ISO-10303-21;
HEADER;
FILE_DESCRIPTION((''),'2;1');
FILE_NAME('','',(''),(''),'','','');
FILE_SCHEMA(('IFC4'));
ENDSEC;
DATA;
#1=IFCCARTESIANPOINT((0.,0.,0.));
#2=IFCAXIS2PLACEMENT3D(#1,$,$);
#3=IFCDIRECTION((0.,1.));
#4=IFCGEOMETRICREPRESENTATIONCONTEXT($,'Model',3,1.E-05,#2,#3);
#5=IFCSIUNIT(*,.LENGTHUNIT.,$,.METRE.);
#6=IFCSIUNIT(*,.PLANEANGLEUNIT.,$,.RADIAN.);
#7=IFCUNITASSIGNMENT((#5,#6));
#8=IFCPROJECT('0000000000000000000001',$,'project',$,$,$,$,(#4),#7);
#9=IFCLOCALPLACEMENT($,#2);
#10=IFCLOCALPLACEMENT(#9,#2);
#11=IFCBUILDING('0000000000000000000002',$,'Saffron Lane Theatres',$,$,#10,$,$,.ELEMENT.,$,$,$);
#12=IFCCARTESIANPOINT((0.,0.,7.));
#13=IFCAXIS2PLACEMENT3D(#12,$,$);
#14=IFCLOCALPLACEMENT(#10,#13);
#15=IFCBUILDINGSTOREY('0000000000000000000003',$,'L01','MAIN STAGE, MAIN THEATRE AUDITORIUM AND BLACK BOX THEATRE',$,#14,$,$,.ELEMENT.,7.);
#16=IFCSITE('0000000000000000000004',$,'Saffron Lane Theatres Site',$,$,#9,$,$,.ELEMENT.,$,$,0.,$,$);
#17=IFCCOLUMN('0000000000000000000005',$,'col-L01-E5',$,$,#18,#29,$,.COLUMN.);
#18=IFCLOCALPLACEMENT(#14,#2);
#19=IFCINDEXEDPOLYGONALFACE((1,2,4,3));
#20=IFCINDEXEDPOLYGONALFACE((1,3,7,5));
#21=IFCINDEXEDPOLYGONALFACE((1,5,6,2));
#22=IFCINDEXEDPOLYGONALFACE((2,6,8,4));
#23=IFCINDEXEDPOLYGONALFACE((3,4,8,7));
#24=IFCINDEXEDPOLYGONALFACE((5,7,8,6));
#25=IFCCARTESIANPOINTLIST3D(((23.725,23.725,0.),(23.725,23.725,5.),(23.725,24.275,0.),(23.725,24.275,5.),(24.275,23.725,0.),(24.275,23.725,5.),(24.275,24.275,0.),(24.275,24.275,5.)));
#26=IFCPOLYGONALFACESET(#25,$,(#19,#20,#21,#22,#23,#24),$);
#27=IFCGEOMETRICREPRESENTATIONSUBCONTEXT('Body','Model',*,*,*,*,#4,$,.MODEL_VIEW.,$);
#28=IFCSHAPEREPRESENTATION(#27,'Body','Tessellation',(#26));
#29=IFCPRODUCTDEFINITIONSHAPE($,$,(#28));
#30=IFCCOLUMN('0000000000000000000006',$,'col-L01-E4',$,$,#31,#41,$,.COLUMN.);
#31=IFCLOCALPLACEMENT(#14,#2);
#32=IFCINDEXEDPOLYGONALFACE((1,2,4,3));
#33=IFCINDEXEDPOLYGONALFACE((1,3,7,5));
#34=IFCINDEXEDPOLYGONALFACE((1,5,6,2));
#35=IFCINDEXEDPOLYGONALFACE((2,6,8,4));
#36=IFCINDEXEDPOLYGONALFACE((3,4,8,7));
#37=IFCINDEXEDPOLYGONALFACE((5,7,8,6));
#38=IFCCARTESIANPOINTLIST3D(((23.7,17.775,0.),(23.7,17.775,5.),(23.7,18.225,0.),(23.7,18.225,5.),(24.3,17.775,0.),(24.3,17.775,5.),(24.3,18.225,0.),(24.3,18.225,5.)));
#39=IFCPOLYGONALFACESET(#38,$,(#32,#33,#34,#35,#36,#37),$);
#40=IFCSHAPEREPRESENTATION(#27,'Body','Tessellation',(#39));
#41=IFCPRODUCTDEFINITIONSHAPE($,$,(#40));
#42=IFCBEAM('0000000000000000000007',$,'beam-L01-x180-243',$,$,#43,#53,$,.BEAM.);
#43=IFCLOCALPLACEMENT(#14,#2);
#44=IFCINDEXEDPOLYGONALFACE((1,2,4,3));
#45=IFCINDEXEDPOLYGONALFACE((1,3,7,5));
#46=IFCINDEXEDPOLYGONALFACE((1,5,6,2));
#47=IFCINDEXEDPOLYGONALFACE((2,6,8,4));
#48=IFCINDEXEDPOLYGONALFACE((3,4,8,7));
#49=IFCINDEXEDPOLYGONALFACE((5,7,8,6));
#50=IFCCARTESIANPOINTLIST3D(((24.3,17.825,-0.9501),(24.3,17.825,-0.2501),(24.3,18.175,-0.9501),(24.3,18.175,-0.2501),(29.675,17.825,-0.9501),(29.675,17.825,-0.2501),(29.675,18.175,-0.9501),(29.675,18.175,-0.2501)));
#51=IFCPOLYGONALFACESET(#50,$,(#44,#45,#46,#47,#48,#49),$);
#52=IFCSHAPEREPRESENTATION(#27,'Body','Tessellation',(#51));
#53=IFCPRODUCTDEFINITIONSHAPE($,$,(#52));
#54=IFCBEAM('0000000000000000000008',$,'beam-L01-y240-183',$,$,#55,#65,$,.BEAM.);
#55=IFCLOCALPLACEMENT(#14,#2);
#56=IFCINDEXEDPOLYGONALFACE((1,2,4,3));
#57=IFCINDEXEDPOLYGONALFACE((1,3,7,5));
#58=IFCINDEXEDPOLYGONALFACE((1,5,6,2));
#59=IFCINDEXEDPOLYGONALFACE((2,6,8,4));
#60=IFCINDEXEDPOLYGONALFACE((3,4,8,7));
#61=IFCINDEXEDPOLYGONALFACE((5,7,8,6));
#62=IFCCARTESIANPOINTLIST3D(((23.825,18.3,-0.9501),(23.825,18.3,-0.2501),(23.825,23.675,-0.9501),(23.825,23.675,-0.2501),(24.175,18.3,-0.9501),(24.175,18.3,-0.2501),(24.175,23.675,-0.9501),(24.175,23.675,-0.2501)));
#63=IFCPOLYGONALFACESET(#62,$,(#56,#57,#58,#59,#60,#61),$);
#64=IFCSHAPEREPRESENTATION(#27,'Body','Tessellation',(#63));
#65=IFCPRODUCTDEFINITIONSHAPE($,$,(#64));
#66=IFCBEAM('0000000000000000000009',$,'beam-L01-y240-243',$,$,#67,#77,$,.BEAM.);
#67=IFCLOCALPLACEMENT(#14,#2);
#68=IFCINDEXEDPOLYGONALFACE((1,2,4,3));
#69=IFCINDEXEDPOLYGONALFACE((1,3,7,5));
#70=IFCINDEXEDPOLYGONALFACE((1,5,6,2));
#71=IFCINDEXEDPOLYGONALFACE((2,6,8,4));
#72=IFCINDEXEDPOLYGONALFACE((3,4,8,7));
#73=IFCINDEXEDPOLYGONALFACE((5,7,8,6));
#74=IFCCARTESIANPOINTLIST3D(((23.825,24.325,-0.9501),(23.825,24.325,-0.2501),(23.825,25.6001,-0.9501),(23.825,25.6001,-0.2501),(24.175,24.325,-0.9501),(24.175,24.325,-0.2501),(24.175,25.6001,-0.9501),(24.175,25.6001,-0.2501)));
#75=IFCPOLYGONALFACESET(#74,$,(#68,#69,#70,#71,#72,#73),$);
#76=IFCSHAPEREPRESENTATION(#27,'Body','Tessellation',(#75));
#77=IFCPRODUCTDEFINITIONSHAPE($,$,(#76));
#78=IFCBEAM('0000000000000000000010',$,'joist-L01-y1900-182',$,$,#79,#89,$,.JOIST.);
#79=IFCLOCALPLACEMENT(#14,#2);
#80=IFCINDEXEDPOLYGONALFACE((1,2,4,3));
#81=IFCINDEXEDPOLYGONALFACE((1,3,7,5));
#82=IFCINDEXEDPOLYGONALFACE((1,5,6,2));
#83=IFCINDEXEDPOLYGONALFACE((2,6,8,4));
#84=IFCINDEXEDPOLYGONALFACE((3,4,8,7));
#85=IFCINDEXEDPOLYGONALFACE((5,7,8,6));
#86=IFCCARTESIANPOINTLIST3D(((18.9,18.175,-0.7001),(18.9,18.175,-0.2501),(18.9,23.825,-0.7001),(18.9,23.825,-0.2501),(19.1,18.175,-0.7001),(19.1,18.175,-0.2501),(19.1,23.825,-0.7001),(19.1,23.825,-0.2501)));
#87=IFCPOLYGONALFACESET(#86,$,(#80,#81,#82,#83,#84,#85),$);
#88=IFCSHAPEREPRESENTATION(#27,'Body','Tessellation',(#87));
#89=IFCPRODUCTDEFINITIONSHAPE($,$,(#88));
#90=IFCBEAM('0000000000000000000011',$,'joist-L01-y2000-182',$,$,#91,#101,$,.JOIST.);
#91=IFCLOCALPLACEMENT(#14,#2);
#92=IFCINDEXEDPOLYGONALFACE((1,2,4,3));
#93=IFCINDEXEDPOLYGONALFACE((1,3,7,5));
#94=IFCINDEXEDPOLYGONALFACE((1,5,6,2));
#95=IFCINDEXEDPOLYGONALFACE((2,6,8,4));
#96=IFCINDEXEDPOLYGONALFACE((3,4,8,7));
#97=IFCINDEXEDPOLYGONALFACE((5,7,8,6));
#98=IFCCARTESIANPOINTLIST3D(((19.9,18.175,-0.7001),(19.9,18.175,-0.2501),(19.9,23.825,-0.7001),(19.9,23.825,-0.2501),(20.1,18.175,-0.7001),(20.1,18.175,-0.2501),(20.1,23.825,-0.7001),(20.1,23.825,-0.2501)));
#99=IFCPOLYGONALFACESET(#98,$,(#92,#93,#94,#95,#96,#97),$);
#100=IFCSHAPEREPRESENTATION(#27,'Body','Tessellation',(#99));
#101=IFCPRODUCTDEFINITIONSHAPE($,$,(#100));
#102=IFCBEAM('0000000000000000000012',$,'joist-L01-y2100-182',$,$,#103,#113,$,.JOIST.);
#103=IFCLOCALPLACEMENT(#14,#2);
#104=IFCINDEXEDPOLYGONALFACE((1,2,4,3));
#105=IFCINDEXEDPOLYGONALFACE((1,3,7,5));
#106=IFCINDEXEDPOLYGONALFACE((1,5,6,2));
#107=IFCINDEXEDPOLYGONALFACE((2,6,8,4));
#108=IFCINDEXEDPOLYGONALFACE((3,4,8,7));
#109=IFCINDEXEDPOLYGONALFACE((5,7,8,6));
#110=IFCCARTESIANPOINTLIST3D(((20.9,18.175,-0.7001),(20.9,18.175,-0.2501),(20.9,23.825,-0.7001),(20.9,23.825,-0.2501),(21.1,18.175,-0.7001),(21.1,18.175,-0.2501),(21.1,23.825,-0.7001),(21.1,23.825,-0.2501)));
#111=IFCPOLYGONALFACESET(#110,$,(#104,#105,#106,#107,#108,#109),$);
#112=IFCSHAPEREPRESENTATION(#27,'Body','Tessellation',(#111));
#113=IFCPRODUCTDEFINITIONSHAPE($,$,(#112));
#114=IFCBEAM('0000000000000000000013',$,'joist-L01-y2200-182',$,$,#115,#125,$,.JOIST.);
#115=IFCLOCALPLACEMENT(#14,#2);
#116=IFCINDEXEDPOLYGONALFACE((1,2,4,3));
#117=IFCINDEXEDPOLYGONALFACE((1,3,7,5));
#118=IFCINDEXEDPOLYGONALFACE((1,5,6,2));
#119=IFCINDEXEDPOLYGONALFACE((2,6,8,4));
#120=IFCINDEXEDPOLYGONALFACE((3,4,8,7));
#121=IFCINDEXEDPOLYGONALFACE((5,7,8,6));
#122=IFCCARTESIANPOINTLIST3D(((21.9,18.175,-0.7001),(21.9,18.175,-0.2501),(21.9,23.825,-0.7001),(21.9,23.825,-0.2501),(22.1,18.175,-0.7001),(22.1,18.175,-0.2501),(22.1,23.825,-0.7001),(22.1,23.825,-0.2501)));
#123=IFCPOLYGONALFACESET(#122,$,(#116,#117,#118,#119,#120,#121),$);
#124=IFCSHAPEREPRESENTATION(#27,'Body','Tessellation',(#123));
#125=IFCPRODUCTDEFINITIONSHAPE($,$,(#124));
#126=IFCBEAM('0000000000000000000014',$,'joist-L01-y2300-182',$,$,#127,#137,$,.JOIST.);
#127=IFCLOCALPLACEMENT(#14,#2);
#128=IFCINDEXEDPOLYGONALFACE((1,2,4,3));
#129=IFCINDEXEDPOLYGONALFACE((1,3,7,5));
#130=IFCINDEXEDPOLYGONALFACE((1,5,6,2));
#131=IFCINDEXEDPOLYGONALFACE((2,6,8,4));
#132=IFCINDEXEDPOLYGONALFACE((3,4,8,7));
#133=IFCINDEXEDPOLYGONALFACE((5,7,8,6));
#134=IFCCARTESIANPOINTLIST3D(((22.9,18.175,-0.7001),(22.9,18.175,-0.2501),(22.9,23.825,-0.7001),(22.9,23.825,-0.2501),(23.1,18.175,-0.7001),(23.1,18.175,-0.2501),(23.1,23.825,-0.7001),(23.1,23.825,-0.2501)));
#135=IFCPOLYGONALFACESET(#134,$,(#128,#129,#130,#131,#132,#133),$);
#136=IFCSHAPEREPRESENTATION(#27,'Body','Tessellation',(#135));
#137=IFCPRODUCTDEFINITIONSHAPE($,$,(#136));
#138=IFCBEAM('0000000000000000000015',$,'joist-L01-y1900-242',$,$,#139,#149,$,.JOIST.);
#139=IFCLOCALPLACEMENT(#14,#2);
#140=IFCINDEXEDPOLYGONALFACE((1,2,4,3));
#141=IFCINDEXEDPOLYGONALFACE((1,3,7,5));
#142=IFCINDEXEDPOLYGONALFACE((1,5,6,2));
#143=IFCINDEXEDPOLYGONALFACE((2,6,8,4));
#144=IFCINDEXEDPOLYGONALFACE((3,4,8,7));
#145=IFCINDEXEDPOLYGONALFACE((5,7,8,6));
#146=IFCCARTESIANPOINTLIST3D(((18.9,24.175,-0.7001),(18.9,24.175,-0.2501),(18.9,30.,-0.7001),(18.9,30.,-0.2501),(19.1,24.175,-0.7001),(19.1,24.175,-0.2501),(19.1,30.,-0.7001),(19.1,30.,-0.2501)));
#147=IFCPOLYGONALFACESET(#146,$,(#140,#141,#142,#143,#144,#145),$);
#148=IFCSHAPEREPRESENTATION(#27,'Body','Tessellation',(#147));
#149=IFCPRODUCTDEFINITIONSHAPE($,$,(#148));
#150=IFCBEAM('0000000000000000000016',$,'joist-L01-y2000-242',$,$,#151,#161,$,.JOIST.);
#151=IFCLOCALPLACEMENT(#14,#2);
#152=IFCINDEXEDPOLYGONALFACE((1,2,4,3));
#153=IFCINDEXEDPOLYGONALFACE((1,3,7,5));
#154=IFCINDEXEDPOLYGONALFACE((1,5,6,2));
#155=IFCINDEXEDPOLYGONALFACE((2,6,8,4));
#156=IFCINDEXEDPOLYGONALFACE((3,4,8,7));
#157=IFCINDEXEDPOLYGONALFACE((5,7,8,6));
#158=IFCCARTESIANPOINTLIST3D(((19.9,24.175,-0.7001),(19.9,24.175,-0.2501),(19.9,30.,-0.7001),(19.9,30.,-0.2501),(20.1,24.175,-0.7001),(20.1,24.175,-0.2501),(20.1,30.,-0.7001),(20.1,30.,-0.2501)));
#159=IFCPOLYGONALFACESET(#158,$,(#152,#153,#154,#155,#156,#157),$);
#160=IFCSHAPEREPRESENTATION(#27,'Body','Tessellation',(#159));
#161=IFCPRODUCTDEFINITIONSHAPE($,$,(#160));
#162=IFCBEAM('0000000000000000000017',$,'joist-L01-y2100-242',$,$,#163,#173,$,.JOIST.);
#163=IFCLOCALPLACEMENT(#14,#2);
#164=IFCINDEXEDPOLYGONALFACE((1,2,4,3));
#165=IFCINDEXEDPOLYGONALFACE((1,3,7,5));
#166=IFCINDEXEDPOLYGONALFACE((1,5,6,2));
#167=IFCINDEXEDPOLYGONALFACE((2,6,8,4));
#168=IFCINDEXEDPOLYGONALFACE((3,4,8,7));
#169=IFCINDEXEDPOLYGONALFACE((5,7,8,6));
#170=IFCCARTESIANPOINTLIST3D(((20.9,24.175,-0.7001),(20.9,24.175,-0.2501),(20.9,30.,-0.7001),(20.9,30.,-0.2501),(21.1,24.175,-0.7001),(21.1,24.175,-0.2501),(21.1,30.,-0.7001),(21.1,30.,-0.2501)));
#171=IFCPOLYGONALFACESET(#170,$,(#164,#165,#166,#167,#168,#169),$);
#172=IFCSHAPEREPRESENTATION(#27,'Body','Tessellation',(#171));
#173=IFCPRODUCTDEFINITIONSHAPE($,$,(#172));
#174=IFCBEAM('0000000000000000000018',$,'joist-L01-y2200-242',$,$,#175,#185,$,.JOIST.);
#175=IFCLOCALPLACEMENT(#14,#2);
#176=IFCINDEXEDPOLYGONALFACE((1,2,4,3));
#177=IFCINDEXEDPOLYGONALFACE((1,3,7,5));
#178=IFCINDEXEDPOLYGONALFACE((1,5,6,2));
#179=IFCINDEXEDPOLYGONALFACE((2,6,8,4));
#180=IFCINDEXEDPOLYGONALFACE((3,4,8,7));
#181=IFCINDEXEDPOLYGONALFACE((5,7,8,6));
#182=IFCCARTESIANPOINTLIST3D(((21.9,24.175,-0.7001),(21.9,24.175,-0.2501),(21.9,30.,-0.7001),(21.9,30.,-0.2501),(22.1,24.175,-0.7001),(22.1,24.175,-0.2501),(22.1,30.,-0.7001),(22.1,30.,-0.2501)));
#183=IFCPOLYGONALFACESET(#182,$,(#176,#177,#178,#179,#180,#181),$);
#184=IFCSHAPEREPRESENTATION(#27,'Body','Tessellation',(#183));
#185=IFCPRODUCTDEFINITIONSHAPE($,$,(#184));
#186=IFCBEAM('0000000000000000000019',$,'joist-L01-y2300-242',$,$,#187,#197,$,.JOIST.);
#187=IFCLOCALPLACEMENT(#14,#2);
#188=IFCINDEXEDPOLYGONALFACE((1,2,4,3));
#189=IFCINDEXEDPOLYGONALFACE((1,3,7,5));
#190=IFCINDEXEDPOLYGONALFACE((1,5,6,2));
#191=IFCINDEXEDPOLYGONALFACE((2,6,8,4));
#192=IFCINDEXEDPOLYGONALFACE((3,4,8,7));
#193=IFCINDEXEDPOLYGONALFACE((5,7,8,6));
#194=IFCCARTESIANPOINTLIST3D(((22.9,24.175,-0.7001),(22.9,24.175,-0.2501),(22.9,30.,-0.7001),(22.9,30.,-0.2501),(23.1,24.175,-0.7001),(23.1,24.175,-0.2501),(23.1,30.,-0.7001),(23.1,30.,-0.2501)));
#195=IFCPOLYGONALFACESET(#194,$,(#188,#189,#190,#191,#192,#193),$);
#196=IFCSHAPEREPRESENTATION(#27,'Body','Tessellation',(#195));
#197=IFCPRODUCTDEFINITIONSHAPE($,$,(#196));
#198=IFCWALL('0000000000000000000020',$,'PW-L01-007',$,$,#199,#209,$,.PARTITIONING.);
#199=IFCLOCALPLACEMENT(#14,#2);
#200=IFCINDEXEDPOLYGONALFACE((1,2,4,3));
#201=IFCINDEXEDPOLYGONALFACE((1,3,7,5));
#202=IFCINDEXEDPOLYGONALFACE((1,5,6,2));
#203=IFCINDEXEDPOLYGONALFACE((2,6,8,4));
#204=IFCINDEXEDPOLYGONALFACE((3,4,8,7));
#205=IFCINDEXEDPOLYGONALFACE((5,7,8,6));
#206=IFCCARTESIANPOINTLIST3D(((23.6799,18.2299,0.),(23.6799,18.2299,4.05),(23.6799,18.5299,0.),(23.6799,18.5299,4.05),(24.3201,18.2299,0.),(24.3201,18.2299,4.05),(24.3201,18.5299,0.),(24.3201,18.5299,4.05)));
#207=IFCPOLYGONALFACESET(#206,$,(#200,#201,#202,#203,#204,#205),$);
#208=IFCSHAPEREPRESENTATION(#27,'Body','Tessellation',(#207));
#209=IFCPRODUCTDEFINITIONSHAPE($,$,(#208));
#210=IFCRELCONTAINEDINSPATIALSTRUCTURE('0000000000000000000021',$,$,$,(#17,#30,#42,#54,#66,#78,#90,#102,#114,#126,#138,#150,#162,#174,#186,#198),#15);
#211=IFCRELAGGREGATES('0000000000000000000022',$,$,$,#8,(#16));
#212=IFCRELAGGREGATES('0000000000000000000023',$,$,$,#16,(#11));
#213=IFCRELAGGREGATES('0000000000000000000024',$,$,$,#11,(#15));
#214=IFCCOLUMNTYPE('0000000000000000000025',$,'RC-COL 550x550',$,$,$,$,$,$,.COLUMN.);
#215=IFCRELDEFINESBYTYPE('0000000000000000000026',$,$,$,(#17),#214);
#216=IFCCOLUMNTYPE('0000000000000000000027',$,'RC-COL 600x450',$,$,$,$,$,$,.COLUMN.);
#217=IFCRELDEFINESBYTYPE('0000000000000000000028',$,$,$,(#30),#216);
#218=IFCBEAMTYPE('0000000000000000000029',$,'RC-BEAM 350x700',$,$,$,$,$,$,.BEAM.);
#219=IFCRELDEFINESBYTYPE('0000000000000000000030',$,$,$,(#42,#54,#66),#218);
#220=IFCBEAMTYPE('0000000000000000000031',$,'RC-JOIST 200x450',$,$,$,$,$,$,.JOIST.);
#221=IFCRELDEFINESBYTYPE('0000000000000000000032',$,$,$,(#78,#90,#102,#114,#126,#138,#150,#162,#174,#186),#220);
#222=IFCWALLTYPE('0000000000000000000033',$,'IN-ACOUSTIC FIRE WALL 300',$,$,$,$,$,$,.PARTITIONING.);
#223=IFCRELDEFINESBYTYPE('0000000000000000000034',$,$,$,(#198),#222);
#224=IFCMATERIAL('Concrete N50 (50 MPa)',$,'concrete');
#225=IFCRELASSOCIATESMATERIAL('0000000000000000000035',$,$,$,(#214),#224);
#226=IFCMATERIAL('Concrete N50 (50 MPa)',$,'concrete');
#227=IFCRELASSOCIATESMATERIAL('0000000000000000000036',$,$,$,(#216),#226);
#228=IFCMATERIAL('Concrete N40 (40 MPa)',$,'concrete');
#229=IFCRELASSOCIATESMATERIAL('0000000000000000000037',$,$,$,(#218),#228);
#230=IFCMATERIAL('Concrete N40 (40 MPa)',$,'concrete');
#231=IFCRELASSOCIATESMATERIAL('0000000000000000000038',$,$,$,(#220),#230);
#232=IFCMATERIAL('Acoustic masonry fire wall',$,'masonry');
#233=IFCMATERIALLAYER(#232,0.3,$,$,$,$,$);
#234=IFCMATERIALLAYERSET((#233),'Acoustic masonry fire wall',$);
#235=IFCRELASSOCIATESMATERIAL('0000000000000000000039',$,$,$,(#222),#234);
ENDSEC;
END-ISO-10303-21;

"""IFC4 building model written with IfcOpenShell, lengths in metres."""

from ifc_helpers import new_model, si_unit, direction, frame, frame_2d, origin, origin_2d, place, context, subcontext, project, spatial, rectangle, extrude, material, layer, layer_set, material_profile, profile_set, type_object, element, save


model = new_model("IFC4")

# Units and contexts
model_context = context("Model", 3, precision=1e-05, world=origin(), true_north=direction((0.0, 1.0)))
body_context = subcontext(model_context, "Body", "Model", "MODEL_VIEW")
ifc_project = project(units=[si_unit("LENGTHUNIT", "METRE"), si_unit("PLANEANGLEUNIT", "RADIAN")], contexts=[model_context])

# Site, building, storey
site_placement = place(None, origin())
site = spatial("IfcSite", under=ifc_project, at=site_placement, Name="Saffron Lane Theatres Site", CompositionType="ELEMENT", RefElevation=0.0)
building_placement = place(site_placement, origin())
building = spatial("IfcBuilding", under=site, at=building_placement, Name="Saffron Lane Theatres", CompositionType="ELEMENT")
storey_placement = place(building_placement, frame((0.0, 0.0, 7.0)))
storey = spatial("IfcBuildingStorey", under=building, at=storey_placement, Name="L01", Description="MAIN STAGE, MAIN THEATRE AUDITORIUM AND BLACK BOX THEATRE", CompositionType="ELEMENT", Elevation=7.0)

# Columns
ifc_material_1 = material(Name="Concrete N50 (50 MPa)", Category="concrete")
ifc_material_profile_1 = material_profile(ifc_material_1, rectangle(XDim=0.55, YDim=0.55, at=origin_2d()))
ifc_profile_set_1 = profile_set([ifc_material_profile_1], Name="Concrete N50 (50 MPa)")
column_type_1 = type_object("IfcColumnType", Name="RC-COL 550x550", PredefinedType="COLUMN", material=ifc_profile_set_1)
column_1_placement = place(storey_placement, frame((24.0, 24.0, 0.0), z_axis=(0.0, 0.0, 1.0), x_axis=(1.0, 0.0, 0.0)))
element("IfcColumn", 1, at=column_1_placement, inside=storey, type_object=column_type_1, Name="col-L01-E5", PredefinedType="COLUMN", context=body_context, shape_type="SweptSolid", body=[
    extrude(rectangle(XDim=0.55, YDim=0.55, at=origin_2d()), origin(), (0.0, 0.0, 1.0), 5.0),
])
ifc_material_2 = material(Name="Concrete N50 (50 MPa)", Category="concrete")
ifc_material_profile_2 = material_profile(ifc_material_2, rectangle(XDim=0.6001, YDim=0.45, at=origin_2d()))
ifc_profile_set_2 = profile_set([ifc_material_profile_2], Name="Concrete N50 (50 MPa)")
column_type_2 = type_object("IfcColumnType", Name="RC-COL 600x450", PredefinedType="COLUMN", material=ifc_profile_set_2)
column_2_placement = place(storey_placement, frame((24.0, 18.0, 0.0), z_axis=(0.0, 0.0, 1.0), x_axis=(1.0, 0.0, 0.0)))
element("IfcColumn", 2, at=column_2_placement, inside=storey, type_object=column_type_2, Name="col-L01-E4", PredefinedType="COLUMN", context=body_context, shape_type="SweptSolid", body=[
    extrude(rectangle(XDim=0.6001, YDim=0.45, at=origin_2d()), origin(), (0.0, 0.0, 1.0), 5.0),
])

# Beams
ifc_material_3 = material(Name="Concrete N40 (40 MPa)", Category="concrete")
ifc_material_profile_3 = material_profile(ifc_material_3, rectangle(XDim=0.3501, YDim=0.7, at=origin_2d()))
ifc_profile_set_3 = profile_set([ifc_material_profile_3], Name="Concrete N40 (40 MPa)")
beam_type_1 = type_object("IfcBeamType", Name="RC-BEAM 350x700", PredefinedType="BEAM", material=ifc_profile_set_3)
for number, where, z_axis, x_axis, name in (
    (3, (24.3, 18.0, -0.6001), (1.0, 0.0, 0.0), (0.0, 1.0, 0.0), "beam-L01-x180-243"),
    (4, (24.0, 18.3, -0.6001), (0.0, 1.0, 0.0), (-1.0, 0.0, 0.0), "beam-L01-y240-183"),
):
    element("IfcBeam", number, at=place(storey_placement, frame(where, z_axis=z_axis, x_axis=x_axis)), inside=storey, type_object=beam_type_1, Name=name, PredefinedType="BEAM", context=body_context, shape_type="SweptSolid", body=[
        extrude(rectangle(XDim=0.3501, YDim=0.7, at=origin_2d()), origin(), (0.0, 0.0, 1.0), 5.375),
    ])
beam_placement = place(storey_placement, frame((24.0, 24.325, -0.6001), z_axis=(0.0, 1.0, 0.0), x_axis=(-1.0, 0.0, 0.0)))
element("IfcBeam", 5, at=beam_placement, inside=storey, type_object=beam_type_1, Name="beam-L01-y240-243", PredefinedType="BEAM", context=body_context, shape_type="SweptSolid", body=[
    extrude(rectangle(XDim=0.3501, YDim=0.7, at=origin_2d()), origin(), (0.0, 0.0, 1.0), 1.2751),
])
ifc_material_4 = material(Name="Concrete N40 (40 MPa)", Category="concrete")
ifc_material_profile_4 = material_profile(ifc_material_4, rectangle(XDim=0.2, YDim=0.45, at=origin_2d()))
ifc_profile_set_4 = profile_set([ifc_material_profile_4], Name="Concrete N40 (40 MPa)")
beam_type_2 = type_object("IfcBeamType", Name="RC-JOIST 200x450", PredefinedType="JOIST", material=ifc_profile_set_4)
for number, where, z_axis, x_axis, name in (
    (6, (19.0, 18.175, -0.4751), (0.0, 1.0, 0.0), (-1.0, 0.0, 0.0), "joist-L01-y1900-182"),
    (7, (20.0, 18.175, -0.4751), (0.0, 1.0, 0.0), (-1.0, 0.0, 0.0), "joist-L01-y2000-182"),
    (8, (21.0, 18.175, -0.4751), (0.0, 1.0, 0.0), (-1.0, 0.0, 0.0), "joist-L01-y2100-182"),
    (9, (22.0, 18.175, -0.4751), (0.0, 1.0, 0.0), (-1.0, 0.0, 0.0), "joist-L01-y2200-182"),
    (10, (23.0, 18.175, -0.4751), (0.0, 1.0, 0.0), (-1.0, 0.0, 0.0), "joist-L01-y2300-182"),
):
    element("IfcBeam", number, at=place(storey_placement, frame(where, z_axis=z_axis, x_axis=x_axis)), inside=storey, type_object=beam_type_2, Name=name, PredefinedType="JOIST", context=body_context, shape_type="SweptSolid", body=[
        extrude(rectangle(XDim=0.2, YDim=0.45, at=origin_2d()), origin(), (0.0, 0.0, 1.0), 5.6499),
    ])
for number, where, z_axis, x_axis, name in (
    (11, (19.0, 24.175, -0.4751), (0.0, 1.0, 0.0), (-1.0, 0.0, 0.0), "joist-L01-y1900-242"),
    (12, (20.0, 24.175, -0.4751), (0.0, 1.0, 0.0), (-1.0, 0.0, 0.0), "joist-L01-y2000-242"),
    (13, (21.0, 24.175, -0.4751), (0.0, 1.0, 0.0), (-1.0, 0.0, 0.0), "joist-L01-y2100-242"),
    (14, (22.0, 24.175, -0.4751), (0.0, 1.0, 0.0), (-1.0, 0.0, 0.0), "joist-L01-y2200-242"),
    (15, (23.0, 24.175, -0.4751), (0.0, 1.0, 0.0), (-1.0, 0.0, 0.0), "joist-L01-y2300-242"),
):
    element("IfcBeam", number, at=place(storey_placement, frame(where, z_axis=z_axis, x_axis=x_axis)), inside=storey, type_object=beam_type_2, Name=name, PredefinedType="JOIST", context=body_context, shape_type="SweptSolid", body=[
        extrude(rectangle(XDim=0.2, YDim=0.45, at=origin_2d()), origin(), (0.0, 0.0, 1.0), 5.825),
    ])

# Wall
ifc_material_5 = material(Name="Acoustic masonry fire wall", Category="masonry")
ifc_layer_1 = layer(ifc_material_5, 0.3)
ifc_layer_set_1 = layer_set([ifc_layer_1], Name="Acoustic masonry fire wall")
wall_type_1 = type_object("IfcWallType", Name="IN-ACOUSTIC FIRE WALL 300", PredefinedType="PARTITIONING", material=ifc_layer_set_1)
wall_1_placement = place(storey_placement, frame((23.6799, 18.3799, 0.0), z_axis=(0.0, 0.0, 1.0), x_axis=(1.0, 0.0, 0.0)))
element("IfcWall", 16, at=wall_1_placement, inside=storey, type_object=wall_type_1, Name="PW-L01-007", PredefinedType="PARTITIONING", context=body_context, shape_type="SweptSolid", body=[
    extrude(rectangle(XDim=0.6401, YDim=0.3, at=frame_2d((0.3201, 0.0))), origin(), (0.0, 0.0, 1.0), 4.05),
])

save(model, "model.ifc")
